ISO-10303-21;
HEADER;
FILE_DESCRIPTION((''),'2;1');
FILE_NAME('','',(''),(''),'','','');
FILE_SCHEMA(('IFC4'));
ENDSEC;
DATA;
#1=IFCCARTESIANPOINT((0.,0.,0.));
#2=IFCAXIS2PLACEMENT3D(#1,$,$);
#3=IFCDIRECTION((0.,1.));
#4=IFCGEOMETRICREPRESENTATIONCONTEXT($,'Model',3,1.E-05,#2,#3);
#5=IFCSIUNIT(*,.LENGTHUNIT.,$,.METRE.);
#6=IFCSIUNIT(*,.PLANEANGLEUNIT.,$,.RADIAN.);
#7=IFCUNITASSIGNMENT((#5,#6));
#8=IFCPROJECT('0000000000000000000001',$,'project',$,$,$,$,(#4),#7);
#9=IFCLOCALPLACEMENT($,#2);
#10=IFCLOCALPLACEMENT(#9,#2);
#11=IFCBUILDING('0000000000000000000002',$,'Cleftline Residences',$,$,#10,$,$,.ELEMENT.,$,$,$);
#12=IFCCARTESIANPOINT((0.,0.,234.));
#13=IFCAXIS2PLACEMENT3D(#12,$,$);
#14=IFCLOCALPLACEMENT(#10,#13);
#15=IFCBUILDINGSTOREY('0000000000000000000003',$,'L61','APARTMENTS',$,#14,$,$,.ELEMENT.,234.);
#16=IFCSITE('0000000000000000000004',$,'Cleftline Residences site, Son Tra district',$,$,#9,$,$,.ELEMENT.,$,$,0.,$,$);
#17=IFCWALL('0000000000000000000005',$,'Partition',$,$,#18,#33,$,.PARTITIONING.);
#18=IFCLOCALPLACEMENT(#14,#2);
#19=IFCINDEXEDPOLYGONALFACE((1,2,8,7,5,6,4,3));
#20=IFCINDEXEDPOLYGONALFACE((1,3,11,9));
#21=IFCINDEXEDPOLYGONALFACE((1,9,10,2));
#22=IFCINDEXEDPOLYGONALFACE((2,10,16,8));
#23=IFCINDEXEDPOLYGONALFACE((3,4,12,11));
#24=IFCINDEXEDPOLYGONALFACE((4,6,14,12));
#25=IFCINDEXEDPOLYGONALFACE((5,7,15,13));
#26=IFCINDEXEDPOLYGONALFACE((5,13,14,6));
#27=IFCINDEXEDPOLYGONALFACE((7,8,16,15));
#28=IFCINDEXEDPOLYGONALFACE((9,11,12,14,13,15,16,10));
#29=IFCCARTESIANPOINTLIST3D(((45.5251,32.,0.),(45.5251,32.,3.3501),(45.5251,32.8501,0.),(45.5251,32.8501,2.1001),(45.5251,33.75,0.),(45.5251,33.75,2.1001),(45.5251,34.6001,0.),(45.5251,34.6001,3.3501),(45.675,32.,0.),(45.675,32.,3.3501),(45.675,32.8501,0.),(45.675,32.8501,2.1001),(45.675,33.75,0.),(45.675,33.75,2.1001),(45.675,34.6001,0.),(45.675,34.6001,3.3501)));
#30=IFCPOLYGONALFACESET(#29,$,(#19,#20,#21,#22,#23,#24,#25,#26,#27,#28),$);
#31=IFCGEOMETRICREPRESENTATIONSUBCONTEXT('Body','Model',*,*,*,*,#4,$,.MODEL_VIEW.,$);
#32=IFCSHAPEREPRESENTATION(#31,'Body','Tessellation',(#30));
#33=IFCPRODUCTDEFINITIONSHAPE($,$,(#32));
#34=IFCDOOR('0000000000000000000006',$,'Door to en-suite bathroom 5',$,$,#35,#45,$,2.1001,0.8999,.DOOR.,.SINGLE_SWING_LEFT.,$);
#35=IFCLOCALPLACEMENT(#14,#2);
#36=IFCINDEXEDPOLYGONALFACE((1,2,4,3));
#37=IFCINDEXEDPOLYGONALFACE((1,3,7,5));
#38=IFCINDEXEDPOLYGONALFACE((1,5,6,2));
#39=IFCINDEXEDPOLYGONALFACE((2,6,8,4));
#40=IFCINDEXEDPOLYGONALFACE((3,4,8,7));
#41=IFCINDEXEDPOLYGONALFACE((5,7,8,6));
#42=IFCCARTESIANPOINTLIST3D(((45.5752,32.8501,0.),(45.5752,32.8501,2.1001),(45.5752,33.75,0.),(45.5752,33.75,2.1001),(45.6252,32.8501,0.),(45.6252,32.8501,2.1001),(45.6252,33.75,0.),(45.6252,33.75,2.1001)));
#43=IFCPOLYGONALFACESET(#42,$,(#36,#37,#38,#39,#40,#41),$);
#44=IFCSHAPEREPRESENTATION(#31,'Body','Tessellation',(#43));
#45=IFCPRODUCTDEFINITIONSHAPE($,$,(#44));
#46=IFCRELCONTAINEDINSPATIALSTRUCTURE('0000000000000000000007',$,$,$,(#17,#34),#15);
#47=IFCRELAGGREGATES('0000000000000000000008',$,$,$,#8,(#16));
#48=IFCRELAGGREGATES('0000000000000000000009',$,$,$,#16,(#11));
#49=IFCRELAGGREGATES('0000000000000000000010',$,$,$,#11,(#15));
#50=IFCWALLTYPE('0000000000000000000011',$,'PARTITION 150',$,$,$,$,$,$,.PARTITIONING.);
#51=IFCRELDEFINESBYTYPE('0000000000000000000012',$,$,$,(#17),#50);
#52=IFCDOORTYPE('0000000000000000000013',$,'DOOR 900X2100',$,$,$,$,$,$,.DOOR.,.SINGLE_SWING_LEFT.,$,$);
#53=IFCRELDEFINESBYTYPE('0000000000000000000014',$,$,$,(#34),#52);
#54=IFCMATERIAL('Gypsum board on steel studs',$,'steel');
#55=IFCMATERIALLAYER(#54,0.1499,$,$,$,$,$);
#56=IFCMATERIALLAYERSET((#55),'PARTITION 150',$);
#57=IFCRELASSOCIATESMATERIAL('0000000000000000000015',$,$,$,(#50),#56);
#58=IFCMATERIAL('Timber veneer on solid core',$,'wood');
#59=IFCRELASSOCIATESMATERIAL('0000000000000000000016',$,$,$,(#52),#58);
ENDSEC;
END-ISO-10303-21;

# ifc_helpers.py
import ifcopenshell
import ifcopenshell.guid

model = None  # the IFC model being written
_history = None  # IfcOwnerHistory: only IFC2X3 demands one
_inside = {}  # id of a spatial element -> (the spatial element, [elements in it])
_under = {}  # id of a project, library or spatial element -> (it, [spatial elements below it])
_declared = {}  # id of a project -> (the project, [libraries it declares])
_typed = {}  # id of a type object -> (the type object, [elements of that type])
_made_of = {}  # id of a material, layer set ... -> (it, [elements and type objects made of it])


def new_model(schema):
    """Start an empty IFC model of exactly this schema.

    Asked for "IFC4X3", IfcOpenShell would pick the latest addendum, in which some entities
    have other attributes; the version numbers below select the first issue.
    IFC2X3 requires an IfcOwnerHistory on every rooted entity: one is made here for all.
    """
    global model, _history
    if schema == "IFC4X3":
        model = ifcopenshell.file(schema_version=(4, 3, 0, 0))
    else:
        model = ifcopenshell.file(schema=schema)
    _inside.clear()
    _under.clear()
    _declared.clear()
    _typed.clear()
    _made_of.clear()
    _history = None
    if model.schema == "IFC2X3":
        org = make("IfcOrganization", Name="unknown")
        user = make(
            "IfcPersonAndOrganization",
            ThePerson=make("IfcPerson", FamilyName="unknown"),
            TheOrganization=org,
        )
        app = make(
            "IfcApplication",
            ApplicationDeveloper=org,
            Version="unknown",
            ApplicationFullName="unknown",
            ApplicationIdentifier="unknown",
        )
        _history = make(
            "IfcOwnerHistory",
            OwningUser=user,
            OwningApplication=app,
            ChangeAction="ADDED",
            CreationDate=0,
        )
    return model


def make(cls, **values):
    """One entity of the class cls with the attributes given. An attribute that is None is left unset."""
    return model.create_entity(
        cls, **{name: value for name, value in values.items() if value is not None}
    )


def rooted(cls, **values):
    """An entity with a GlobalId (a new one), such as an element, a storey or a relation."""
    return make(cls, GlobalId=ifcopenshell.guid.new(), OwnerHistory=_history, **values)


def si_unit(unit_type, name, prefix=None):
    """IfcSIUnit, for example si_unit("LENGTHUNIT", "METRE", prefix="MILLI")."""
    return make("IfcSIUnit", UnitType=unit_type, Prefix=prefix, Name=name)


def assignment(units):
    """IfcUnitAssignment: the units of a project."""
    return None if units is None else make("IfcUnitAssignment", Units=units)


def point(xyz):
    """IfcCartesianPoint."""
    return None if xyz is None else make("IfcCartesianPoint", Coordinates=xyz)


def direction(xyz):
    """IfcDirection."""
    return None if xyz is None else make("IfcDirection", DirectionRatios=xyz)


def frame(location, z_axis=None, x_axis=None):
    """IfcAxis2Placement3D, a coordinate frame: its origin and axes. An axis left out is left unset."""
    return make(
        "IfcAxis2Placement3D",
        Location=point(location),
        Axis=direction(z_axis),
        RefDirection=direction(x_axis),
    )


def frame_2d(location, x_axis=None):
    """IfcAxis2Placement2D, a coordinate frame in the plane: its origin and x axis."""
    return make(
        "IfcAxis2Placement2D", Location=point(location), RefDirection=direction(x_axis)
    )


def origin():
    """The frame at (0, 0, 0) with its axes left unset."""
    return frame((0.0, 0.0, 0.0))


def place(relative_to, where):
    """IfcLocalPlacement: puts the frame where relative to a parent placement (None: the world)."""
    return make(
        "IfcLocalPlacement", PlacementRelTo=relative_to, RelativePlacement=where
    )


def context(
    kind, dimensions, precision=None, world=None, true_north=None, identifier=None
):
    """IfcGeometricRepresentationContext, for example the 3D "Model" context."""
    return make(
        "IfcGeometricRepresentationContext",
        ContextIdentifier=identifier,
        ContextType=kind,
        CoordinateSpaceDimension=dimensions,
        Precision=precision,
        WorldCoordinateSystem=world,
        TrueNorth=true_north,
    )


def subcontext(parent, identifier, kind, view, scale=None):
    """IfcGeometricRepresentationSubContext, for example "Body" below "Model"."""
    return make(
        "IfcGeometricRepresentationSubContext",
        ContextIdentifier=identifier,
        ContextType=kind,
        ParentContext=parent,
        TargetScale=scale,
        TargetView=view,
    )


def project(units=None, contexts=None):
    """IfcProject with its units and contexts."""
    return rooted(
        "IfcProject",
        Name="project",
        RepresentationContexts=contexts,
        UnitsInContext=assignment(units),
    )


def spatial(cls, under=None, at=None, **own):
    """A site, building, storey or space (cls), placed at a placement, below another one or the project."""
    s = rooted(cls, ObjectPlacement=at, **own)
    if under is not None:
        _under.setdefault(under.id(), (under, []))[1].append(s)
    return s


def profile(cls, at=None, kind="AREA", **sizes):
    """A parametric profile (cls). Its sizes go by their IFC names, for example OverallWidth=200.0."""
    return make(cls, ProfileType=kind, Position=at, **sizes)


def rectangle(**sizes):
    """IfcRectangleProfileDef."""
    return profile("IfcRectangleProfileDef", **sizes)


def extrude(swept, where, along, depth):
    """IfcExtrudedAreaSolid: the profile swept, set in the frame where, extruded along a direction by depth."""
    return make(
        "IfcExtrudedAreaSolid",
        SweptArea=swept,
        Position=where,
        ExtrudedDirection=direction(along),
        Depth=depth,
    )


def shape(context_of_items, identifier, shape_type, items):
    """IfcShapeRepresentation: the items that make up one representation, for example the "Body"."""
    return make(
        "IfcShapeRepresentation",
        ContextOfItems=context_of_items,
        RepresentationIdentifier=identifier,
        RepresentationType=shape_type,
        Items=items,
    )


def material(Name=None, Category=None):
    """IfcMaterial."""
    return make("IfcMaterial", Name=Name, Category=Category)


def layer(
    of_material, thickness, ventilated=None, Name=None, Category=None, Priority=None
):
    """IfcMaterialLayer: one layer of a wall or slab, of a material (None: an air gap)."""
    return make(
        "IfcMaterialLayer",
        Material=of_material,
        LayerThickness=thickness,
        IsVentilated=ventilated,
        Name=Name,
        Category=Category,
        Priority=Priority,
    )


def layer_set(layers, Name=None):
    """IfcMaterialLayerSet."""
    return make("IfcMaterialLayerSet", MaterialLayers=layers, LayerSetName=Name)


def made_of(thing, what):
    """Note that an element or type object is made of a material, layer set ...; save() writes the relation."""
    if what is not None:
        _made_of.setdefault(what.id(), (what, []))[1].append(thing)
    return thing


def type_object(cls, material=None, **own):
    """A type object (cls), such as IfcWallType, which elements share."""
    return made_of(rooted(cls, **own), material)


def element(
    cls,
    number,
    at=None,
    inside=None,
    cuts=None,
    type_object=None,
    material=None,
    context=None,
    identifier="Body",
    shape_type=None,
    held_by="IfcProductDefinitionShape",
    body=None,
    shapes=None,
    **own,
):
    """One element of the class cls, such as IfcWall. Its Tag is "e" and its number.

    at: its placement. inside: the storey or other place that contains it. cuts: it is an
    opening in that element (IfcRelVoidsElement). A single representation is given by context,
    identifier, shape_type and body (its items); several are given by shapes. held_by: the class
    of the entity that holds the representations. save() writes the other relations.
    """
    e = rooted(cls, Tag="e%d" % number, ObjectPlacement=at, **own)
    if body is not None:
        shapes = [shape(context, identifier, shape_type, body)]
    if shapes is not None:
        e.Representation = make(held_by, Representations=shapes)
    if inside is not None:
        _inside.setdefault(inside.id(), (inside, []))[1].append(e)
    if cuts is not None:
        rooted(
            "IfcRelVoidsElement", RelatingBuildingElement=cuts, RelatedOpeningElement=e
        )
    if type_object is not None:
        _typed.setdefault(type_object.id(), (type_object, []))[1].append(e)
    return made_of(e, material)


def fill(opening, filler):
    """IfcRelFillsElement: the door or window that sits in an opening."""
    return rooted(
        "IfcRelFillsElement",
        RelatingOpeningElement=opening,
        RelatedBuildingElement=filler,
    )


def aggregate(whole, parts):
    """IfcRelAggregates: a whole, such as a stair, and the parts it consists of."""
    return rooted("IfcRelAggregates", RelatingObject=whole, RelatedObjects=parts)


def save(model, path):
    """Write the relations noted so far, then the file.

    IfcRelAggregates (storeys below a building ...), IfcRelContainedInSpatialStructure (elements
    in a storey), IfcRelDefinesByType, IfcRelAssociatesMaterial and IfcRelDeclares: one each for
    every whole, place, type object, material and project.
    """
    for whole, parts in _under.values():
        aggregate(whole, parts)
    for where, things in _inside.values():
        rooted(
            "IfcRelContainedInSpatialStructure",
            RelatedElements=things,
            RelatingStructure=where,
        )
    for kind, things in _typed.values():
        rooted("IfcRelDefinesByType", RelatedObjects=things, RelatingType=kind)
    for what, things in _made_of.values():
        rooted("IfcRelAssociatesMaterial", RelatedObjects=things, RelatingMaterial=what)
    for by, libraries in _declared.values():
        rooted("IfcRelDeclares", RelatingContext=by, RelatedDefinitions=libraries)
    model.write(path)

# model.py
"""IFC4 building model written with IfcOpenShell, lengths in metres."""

from ifc_helpers import new_model, si_unit, direction, frame, frame_2d, origin, place, context, subcontext, project, spatial, rectangle, extrude, material, layer, layer_set, type_object, element, fill, save


model = new_model("IFC4")

# Units and contexts
model_context = context("Model", 3, precision=1e-05, world=origin(), true_north=direction((0.0, 1.0)))
body_context = subcontext(model_context, "Body", "Model", "MODEL_VIEW")
ifc_project = project(units=[si_unit("LENGTHUNIT", "METRE"), si_unit("PLANEANGLEUNIT", "RADIAN")], contexts=[model_context])

# Site, building, storey
site_placement = place(None, origin())
site = spatial("IfcSite", under=ifc_project, at=site_placement, Name="Cleftline Residences site, Son Tra district", CompositionType="ELEMENT", RefElevation=0.0)
building_placement = place(site_placement, origin())
building = spatial("IfcBuilding", under=site, at=building_placement, Name="Cleftline Residences", CompositionType="ELEMENT")
storey_placement = place(building_placement, frame((0.0, 0.0, 234.0)))
storey = spatial("IfcBuildingStorey", under=building, at=storey_placement, Name="L61", Description="APARTMENTS", CompositionType="ELEMENT", Elevation=234.0)

# Shared definitions
ifc_material_1 = material(Name="Gypsum board on steel studs", Category="steel")
ifc_layer_1 = layer(ifc_material_1, 0.1499)
ifc_layer_set_1 = layer_set([ifc_layer_1], Name="PARTITION 150")
wall_type = type_object("IfcWallType", Name="PARTITION 150", PredefinedType="PARTITIONING", material=ifc_layer_set_1)

# Shared definitions
ifc_material_2 = material(Name="Timber veneer on solid core", Category="wood")
door_type_1 = type_object("IfcDoorType", Name="DOOR 900X2100", OperationType="SINGLE_SWING_LEFT", PredefinedType="DOOR", material=ifc_material_2)

# Wall, opening, door
wall_1_placement = place(storey_placement, frame((45.6001, 32.0, 0.0), z_axis=(0.0, 0.0, 1.0), x_axis=(0.0, 1.0, 0.0)))
wall_1 = element("IfcWall", 1, at=wall_1_placement, inside=storey, type_object=wall_type, Name="Partition", PredefinedType="PARTITIONING", context=body_context, shape_type="SweptSolid", body=[
    extrude(rectangle(XDim=2.6001, YDim=0.1499, at=frame_2d((1.3, 0.0))), origin(), (0.0, 0.0, 1.0), 3.3501),
])
opening_1_placement = place(wall_1_placement, frame((0.8501, 0.0, 0.0)))
opening_1 = element("IfcOpeningElement", 2, at=opening_1_placement, cuts=wall_1, PredefinedType="OPENING", context=body_context, shape_type="SweptSolid", body=[
    extrude(rectangle(XDim=0.8999, YDim=2.1001, at=frame_2d((0.45, 1.05))), frame((0.0, 0.085, 0.0), z_axis=(0.0, -1.0, 0.0), x_axis=(1.0, 0.0, 0.0)), (0.0, 0.0, 1.0), 0.1699),
])
door_1_placement = place(opening_1_placement, origin())
door_1 = element("IfcDoor", 3, at=door_1_placement, inside=storey, type_object=door_type_1, Name="Door to en-suite bathroom 5", OperationType="SINGLE_SWING_LEFT", OverallHeight=2.1001, OverallWidth=0.8999, PredefinedType="DOOR", context=body_context, shape_type="SweptSolid", body=[
    extrude(rectangle(XDim=0.8999, YDim=2.1001, at=frame_2d((0.45, 1.05))), frame((0.0, 0.0249, 0.0), z_axis=(0.0, -1.0, 0.0), x_axis=(1.0, 0.0, 0.0)), (0.0, 0.0, 1.0), 0.05),
])
fill(opening_1, door_1)

save(model, "model.ifc")
